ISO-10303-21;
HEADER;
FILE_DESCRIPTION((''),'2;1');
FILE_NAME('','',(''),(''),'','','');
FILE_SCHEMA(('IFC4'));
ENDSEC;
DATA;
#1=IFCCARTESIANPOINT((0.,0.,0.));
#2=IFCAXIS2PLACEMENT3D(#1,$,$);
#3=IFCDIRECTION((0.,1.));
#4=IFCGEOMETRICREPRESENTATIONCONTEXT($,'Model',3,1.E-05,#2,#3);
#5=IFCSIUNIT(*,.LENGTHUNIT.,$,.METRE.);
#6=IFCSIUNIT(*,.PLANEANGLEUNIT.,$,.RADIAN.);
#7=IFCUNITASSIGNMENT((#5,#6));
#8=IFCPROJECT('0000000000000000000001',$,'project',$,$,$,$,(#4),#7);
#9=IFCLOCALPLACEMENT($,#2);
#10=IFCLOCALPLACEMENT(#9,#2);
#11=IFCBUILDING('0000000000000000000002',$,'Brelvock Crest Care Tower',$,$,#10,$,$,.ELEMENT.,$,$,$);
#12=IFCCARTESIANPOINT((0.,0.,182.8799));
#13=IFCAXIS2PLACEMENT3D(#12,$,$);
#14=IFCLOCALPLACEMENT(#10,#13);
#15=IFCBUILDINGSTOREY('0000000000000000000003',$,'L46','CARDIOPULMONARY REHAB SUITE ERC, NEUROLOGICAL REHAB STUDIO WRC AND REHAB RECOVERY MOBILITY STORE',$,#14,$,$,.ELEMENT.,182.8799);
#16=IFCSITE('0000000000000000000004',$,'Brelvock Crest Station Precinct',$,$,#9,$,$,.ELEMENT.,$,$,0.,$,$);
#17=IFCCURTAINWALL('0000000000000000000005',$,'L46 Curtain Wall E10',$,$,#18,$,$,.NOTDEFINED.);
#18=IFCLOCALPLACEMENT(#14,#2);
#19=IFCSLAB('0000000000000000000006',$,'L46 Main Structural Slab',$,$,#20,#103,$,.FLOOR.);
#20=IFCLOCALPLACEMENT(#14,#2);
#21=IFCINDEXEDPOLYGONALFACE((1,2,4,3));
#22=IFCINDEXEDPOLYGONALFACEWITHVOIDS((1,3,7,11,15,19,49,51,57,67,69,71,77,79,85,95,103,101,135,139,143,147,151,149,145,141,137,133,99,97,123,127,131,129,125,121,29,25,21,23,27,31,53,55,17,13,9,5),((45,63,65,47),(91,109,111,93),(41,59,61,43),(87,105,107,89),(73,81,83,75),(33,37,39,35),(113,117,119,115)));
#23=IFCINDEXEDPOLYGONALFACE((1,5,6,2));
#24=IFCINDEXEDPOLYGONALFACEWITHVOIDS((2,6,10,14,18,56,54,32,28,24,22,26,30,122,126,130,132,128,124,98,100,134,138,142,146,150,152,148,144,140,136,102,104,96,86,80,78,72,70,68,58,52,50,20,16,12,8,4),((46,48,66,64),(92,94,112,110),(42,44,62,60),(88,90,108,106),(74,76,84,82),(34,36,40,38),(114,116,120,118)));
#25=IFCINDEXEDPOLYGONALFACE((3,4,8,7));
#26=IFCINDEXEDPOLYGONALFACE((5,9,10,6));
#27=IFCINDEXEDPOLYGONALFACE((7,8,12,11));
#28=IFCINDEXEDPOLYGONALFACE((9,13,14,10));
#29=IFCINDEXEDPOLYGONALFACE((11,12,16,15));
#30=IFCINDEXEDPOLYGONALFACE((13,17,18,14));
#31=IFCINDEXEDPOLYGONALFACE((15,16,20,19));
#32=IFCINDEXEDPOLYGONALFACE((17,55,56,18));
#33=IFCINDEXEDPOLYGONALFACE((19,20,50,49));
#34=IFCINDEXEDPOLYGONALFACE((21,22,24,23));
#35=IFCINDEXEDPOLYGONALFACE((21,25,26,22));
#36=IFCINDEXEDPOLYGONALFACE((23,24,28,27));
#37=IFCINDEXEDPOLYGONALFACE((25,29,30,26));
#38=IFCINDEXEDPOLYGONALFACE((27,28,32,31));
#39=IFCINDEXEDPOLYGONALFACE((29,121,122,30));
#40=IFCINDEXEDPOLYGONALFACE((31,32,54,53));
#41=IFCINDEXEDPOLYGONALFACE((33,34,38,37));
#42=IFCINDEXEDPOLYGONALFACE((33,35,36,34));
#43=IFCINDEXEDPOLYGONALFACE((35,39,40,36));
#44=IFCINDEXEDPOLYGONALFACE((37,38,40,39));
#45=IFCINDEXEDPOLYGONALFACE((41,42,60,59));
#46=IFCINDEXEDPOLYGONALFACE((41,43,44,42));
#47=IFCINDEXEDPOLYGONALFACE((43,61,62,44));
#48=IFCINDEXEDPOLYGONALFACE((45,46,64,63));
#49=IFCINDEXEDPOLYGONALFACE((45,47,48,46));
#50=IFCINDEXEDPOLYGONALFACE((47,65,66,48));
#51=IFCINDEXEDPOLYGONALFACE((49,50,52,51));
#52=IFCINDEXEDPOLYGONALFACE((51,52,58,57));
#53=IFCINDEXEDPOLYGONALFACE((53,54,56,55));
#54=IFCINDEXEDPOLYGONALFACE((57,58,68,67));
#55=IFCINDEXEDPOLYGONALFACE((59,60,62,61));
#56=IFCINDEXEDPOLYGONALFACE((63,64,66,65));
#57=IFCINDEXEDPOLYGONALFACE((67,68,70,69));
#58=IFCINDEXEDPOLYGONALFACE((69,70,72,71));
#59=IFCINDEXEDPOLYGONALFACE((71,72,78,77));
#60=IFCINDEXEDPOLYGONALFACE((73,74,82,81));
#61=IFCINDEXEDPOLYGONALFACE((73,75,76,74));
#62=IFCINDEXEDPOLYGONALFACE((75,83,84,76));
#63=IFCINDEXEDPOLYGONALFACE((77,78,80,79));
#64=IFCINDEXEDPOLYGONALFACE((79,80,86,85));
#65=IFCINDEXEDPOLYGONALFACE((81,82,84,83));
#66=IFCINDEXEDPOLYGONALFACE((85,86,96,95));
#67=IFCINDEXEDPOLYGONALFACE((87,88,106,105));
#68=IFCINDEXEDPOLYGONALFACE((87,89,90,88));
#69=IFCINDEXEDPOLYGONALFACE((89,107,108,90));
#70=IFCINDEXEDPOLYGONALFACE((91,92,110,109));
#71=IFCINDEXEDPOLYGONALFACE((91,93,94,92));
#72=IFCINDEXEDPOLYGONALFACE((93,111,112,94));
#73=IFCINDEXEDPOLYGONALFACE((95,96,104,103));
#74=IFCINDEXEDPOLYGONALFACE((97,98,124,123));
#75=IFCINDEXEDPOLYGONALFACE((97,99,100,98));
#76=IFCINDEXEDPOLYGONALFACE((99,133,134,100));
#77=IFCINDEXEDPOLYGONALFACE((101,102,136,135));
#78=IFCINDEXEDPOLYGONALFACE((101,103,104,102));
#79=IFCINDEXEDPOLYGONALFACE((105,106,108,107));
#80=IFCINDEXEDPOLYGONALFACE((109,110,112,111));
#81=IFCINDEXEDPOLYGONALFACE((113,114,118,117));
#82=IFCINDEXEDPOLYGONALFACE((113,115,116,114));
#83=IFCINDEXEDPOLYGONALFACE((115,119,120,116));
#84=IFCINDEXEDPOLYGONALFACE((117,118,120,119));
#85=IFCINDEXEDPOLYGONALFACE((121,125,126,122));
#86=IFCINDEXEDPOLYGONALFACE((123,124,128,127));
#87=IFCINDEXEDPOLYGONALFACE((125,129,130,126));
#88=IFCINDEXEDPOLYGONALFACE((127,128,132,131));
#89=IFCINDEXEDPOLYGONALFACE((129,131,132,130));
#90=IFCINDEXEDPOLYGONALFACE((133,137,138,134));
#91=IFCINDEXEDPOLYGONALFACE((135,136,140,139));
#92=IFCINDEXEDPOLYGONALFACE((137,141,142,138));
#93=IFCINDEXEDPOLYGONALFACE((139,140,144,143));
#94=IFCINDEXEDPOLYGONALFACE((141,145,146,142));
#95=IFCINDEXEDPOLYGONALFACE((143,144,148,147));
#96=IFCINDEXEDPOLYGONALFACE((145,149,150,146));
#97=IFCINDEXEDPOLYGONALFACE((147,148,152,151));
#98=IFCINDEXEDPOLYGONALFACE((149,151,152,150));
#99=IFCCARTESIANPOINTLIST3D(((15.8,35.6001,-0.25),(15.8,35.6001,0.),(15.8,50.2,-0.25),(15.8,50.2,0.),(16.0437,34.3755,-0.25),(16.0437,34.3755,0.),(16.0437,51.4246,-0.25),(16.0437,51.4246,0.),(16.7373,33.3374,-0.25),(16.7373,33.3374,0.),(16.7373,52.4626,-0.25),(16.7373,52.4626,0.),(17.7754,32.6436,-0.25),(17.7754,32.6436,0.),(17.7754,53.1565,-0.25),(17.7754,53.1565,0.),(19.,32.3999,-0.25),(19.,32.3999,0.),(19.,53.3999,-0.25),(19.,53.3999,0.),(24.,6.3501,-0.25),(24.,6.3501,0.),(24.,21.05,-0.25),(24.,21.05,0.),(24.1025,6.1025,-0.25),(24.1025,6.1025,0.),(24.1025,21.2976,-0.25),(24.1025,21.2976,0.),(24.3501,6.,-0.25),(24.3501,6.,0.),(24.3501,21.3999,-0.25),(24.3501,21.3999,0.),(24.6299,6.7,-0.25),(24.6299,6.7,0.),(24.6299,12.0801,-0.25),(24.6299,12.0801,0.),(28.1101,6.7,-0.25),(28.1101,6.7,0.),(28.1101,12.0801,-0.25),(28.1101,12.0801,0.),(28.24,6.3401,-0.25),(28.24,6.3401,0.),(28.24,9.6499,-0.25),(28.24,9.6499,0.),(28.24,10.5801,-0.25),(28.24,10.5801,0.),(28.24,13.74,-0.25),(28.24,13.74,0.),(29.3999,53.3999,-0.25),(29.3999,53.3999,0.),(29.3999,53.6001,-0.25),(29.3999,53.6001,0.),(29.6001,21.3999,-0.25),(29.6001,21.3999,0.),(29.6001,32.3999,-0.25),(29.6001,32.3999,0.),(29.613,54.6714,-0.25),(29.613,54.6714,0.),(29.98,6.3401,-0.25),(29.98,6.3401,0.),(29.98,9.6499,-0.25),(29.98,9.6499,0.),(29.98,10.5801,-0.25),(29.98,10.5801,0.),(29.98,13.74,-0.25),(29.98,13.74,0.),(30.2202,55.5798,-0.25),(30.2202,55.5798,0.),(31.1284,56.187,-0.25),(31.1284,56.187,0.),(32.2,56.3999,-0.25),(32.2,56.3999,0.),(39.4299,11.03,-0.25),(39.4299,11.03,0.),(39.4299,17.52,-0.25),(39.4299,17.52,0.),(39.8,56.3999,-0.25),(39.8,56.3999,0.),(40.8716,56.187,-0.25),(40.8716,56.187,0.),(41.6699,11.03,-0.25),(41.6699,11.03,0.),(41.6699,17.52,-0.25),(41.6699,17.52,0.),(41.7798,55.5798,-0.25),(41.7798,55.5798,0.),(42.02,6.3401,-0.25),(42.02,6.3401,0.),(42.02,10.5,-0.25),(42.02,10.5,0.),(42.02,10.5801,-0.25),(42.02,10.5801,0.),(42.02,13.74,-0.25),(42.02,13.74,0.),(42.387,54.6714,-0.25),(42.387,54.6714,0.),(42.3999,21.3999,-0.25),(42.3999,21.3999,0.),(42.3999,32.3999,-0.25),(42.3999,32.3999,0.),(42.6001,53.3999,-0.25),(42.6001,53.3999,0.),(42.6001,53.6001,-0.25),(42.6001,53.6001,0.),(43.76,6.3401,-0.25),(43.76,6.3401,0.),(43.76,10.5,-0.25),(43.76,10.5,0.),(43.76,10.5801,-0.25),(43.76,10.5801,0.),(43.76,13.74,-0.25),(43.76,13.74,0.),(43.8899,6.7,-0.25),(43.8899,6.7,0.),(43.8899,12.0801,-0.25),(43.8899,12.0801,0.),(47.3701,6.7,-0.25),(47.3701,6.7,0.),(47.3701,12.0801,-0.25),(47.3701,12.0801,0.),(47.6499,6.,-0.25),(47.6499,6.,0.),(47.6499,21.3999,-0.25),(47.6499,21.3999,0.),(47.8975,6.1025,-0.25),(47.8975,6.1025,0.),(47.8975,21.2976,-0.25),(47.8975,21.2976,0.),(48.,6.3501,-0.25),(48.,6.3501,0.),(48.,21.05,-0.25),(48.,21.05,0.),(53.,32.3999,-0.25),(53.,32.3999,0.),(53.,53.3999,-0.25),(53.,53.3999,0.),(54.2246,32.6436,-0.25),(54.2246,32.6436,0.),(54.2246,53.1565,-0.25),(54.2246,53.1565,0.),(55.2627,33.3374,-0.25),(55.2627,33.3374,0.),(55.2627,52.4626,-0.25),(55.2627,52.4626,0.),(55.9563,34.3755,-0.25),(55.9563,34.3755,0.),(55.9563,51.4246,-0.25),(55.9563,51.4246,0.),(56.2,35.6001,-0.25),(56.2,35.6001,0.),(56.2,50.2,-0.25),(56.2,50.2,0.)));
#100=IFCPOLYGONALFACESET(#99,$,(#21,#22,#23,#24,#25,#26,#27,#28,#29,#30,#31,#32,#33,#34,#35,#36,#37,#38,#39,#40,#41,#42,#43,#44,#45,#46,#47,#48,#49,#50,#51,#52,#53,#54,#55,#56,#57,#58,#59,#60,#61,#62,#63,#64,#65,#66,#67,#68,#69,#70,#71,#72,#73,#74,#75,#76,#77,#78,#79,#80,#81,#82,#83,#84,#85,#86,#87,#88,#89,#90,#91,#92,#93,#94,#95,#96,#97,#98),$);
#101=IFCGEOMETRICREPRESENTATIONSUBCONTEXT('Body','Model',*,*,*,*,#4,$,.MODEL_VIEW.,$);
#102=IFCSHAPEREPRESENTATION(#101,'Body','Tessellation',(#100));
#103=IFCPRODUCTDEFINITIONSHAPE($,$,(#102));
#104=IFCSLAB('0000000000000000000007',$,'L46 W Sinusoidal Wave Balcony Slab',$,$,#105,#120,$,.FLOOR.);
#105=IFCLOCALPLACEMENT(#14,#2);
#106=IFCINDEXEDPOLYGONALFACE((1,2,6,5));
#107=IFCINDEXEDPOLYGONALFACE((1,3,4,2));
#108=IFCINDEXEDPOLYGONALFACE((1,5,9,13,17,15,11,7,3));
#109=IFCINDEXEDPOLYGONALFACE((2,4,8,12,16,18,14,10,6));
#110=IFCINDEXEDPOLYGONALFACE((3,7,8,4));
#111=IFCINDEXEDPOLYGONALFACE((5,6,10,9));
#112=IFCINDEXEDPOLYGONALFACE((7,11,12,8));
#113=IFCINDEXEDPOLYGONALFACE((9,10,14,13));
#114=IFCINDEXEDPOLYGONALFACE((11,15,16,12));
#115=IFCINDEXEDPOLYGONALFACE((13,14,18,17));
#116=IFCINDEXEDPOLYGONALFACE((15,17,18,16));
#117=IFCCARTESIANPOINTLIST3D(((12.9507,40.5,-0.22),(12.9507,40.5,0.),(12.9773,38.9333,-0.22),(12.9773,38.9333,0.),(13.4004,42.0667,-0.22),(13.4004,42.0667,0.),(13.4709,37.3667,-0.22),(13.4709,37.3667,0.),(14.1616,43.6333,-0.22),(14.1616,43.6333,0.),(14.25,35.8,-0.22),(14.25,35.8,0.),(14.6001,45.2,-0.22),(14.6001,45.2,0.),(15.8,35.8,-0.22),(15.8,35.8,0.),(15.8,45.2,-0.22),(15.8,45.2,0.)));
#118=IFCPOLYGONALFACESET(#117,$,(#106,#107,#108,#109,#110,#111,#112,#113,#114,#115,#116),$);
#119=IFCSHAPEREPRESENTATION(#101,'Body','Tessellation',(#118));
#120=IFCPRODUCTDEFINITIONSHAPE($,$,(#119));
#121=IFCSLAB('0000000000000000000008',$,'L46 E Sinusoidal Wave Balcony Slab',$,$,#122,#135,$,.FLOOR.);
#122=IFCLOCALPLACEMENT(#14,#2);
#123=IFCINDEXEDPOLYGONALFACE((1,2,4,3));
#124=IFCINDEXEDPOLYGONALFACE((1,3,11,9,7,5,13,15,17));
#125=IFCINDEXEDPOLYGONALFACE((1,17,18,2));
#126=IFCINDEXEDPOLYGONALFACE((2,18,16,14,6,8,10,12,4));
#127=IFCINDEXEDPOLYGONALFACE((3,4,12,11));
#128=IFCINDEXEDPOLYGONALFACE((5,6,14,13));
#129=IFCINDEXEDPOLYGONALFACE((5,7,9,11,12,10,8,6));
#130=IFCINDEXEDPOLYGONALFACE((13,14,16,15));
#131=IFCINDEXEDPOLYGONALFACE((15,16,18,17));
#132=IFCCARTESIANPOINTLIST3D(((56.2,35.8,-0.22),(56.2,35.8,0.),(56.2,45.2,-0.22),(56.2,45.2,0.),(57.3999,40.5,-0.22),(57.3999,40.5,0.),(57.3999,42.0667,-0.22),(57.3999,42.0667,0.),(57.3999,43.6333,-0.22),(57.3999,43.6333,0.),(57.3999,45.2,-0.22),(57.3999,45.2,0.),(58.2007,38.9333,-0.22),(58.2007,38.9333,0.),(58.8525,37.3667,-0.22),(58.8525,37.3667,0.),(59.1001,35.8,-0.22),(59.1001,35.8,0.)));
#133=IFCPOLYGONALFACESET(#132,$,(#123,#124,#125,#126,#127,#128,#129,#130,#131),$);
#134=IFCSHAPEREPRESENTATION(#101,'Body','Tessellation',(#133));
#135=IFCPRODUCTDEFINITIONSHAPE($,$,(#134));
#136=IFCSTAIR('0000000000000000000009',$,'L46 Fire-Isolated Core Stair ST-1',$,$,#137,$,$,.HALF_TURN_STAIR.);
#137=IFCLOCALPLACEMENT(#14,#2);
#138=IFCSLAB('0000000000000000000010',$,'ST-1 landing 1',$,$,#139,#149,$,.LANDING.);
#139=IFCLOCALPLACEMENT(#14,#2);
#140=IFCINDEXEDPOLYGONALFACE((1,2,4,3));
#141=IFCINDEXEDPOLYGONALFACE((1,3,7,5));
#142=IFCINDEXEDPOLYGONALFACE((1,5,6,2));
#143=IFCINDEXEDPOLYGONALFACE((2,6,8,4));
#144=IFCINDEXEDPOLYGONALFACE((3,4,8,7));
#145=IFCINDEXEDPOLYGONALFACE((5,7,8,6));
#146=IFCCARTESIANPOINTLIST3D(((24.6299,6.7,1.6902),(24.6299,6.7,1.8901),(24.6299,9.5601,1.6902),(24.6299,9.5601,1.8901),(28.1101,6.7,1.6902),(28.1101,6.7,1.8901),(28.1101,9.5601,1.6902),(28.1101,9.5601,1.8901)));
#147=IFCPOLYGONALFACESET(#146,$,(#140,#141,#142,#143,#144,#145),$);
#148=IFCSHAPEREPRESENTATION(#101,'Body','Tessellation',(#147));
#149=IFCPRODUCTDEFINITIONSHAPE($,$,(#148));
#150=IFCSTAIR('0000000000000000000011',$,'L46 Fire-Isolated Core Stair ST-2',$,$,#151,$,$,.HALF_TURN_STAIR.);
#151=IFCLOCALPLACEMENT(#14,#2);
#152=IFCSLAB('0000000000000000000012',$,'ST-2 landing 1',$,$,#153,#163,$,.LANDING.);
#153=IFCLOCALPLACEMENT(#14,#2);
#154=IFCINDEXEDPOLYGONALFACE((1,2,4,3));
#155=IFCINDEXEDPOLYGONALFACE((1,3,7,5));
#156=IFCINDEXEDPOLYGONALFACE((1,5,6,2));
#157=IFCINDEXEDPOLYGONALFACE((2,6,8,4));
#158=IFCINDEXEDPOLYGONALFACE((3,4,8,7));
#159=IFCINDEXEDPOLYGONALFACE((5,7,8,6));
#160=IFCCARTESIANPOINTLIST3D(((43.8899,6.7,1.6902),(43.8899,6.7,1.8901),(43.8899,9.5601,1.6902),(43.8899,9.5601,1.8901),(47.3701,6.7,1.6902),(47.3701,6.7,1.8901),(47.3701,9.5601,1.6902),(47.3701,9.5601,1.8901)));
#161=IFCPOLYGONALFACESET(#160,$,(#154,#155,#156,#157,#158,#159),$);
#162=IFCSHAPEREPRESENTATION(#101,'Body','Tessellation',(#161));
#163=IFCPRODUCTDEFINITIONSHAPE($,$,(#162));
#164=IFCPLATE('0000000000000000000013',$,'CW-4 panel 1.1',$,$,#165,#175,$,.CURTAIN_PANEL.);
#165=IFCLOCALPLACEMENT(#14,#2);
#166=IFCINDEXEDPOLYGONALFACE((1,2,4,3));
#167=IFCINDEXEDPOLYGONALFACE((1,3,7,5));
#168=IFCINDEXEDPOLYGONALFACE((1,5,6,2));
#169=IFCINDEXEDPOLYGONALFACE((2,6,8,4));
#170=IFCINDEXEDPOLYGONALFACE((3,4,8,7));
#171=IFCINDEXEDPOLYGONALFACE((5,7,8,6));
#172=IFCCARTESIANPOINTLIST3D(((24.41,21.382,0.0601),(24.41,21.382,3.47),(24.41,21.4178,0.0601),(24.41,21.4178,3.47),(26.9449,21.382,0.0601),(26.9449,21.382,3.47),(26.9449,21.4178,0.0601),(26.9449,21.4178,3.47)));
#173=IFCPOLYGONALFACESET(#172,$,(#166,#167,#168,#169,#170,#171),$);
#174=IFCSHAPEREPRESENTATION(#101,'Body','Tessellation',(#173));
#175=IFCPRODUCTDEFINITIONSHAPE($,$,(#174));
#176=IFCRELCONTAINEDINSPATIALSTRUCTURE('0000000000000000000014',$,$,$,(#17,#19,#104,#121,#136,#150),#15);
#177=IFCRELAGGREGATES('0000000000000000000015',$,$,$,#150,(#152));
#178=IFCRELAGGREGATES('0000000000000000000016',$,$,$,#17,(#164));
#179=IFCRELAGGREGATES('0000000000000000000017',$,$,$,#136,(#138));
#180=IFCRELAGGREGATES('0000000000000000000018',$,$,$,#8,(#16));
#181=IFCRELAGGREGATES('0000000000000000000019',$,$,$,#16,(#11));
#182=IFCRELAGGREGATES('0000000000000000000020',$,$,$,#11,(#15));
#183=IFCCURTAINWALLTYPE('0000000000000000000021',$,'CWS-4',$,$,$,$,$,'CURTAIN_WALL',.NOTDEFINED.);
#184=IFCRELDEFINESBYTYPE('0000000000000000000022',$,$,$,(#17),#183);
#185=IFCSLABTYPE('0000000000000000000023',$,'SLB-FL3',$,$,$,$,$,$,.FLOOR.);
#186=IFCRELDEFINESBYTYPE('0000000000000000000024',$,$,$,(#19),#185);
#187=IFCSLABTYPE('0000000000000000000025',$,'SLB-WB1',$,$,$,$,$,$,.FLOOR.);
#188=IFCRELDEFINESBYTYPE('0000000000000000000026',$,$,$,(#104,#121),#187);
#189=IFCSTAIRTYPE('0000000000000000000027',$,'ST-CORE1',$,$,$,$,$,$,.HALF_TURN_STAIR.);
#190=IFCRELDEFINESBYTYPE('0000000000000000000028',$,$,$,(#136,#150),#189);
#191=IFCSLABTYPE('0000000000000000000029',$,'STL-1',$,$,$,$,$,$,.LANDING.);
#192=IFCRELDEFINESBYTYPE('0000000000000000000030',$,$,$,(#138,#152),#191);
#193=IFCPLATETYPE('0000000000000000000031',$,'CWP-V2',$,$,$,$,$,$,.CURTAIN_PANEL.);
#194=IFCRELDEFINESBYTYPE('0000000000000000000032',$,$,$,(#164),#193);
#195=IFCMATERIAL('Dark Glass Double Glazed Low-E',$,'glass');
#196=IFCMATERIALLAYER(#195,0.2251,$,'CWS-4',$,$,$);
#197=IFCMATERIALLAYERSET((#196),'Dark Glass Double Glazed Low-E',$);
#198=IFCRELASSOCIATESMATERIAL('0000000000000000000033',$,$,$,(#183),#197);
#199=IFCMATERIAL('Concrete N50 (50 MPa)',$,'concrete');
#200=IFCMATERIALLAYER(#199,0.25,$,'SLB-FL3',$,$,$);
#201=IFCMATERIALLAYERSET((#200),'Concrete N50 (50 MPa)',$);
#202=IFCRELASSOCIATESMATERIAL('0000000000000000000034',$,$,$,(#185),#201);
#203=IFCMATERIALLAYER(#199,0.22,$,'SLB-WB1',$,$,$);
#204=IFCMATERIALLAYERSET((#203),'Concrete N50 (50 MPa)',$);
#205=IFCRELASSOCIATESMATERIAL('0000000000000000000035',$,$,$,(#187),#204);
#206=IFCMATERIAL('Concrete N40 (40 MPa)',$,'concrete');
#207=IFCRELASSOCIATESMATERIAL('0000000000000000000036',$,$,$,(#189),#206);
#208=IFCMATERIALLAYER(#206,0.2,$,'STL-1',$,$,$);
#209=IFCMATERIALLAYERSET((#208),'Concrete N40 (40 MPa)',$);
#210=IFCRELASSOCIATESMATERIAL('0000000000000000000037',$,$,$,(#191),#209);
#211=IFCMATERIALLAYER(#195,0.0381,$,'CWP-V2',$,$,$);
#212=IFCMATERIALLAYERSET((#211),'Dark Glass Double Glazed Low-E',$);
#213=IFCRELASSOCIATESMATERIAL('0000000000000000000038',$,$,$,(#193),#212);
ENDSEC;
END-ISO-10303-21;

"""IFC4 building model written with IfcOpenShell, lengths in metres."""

from ifc_helpers import new_model, si_unit, direction, frame, origin, origin_2d, place, context, subcontext, project, spatial, polyline, rectangle, outline, extrude, source, transform, mapped, material, layer, layer_set, type_object, element, aggregate, save


model = new_model("IFC4")

# Units and contexts
model_context = context("Model", 3, precision=1e-05, world=origin(), true_north=direction((0.0, 1.0)))
body_context = subcontext(model_context, "Body", "Model", "MODEL_VIEW")
ifc_project = project(units=[si_unit("LENGTHUNIT", "METRE"), si_unit("PLANEANGLEUNIT", "RADIAN")], contexts=[model_context])

# Site, building, storey
site_placement = place(None, origin())
site = spatial("IfcSite", under=ifc_project, at=site_placement, Name="Brelvock Crest Station Precinct", CompositionType="ELEMENT", RefElevation=0.0)
building_placement = place(site_placement, origin())
building = spatial("IfcBuilding", under=site, at=building_placement, Name="Brelvock Crest Care Tower", CompositionType="ELEMENT")
storey_placement = place(building_placement, frame((0.0, 0.0, 182.8799)))
storey = spatial("IfcBuildingStorey", under=building, at=storey_placement, Name="L46", Description="CARDIOPULMONARY REHAB SUITE ERC, NEUROLOGICAL REHAB STUDIO WRC AND REHAB RECOVERY MOBILITY STORE", CompositionType="ELEMENT", Elevation=182.8799)

# Curtain wall
ifc_material_1 = material(Name="Dark Glass Double Glazed Low-E", Category="glass")
ifc_layer_1 = layer(ifc_material_1, 0.2251, Name="CWS-4")
ifc_layer_set_1 = layer_set([ifc_layer_1], Name="Dark Glass Double Glazed Low-E")
curtain_wall_type = type_object("IfcCurtainWallType", Name="CWS-4", ElementType="CURTAIN_WALL", PredefinedType="NOTDEFINED", material=ifc_layer_set_1)
curtain_wall_placement = place(storey_placement, origin())
curtain_wall = element("IfcCurtainWall", 1, at=curtain_wall_placement, inside=storey, type_object=curtain_wall_type, Name="L46 Curtain Wall E10", PredefinedType="NOTDEFINED")

# Slabs
ifc_material_2 = material(Name="Concrete N50 (50 MPa)", Category="concrete")
ifc_layer_2 = layer(ifc_material_2, 0.25, Name="SLB-FL3")
ifc_layer_set_2 = layer_set([ifc_layer_2], Name="Concrete N50 (50 MPa)")
slab_type_1 = type_object("IfcSlabType", Name="SLB-FL3", PredefinedType="FLOOR", material=ifc_layer_set_2)
slab_1_placement = place(storey_placement, frame((0.0, 0.0, -0.25)))
element("IfcSlab", 2, at=slab_1_placement, inside=storey, type_object=slab_type_1, Name="L46 Main Structural Slab", PredefinedType="FLOOR", context=body_context, shape_type="SweptSolid", body=[
    extrude(outline(polyline([(47.6499, 21.3999), (42.3999, 21.3999), (42.3999, 32.3999), (53.0, 32.3999), (54.2246, 32.6436), (55.2627, 33.3374), (55.9563, 34.3755), (56.2, 35.6001), (56.2, 50.2), (55.9563, 51.4246), (55.2627, 52.4626), (54.2246, 53.1565), (53.0, 53.3999), (42.6001, 53.3999), (42.6001, 53.6001), (42.387, 54.6714), (41.7798, 55.5798), (40.8716, 56.187), (39.8, 56.3999), (32.2, 56.3999), (31.1284, 56.187), (30.2202, 55.5798), (29.613, 54.6714), (29.3999, 53.6001), (29.3999, 53.3999), (19.0, 53.3999), (17.7754, 53.1565), (16.7373, 52.4626), (16.0437, 51.4246), (15.8, 50.2), (15.8, 35.6001), (16.0437, 34.3755), (16.7373, 33.3374), (17.7754, 32.6436), (19.0, 32.3999), (29.6001, 32.3999), (29.6001, 21.3999), (24.3501, 21.3999), (24.1025, 21.2976), (24.0, 21.05), (24.0, 6.3501), (24.1025, 6.1025), (24.3501, 6.0), (47.6499, 6.0), (47.8975, 6.1025), (48.0, 6.3501), (48.0, 21.05), (47.8975, 21.2976), (47.6499, 21.3999)]), holes=[polyline([(28.24, 10.5801), (29.98, 10.5801), (29.98, 13.74), (28.24, 13.74), (28.24, 10.5801)]), polyline([(42.02, 10.5801), (43.76, 10.5801), (43.76, 13.74), (42.02, 13.74), (42.02, 10.5801)]), polyline([(28.24, 6.3401), (29.98, 6.3401), (29.98, 9.6499), (28.24, 9.6499), (28.24, 6.3401)]), polyline([(24.6299, 12.0801), (24.6299, 6.7), (28.1101, 6.7), (28.1101, 12.0801), (24.6299, 12.0801)]), polyline([(43.8899, 12.0801), (43.8899, 6.7), (47.3701, 6.7), (47.3701, 12.0801), (43.8899, 12.0801)]), polyline([(42.02, 6.3401), (43.76, 6.3401), (43.76, 10.5), (42.02, 10.5), (42.02, 6.3401)]), polyline([(39.4299, 11.03), (41.6699, 11.03), (41.6699, 17.52), (39.4299, 17.52), (39.4299, 11.03)])]), origin(), (0.0, 0.0, 1.0), 0.25),
])
ifc_layer_3 = layer(ifc_material_2, 0.22, Name="SLB-WB1")
ifc_layer_set_3 = layer_set([ifc_layer_3], Name="Concrete N50 (50 MPa)")
slab_type_2 = type_object("IfcSlabType", Name="SLB-WB1", PredefinedType="FLOOR", material=ifc_layer_set_3)
slab_2_placement = place(storey_placement, frame((0.0, 0.0, -0.22)))
element("IfcSlab", 3, at=slab_2_placement, inside=storey, type_object=slab_type_2, Name="L46 W Sinusoidal Wave Balcony Slab", PredefinedType="FLOOR", context=body_context, shape_type="SweptSolid", body=[
    extrude(outline(polyline([(15.8, 45.2), (14.6001, 45.2), (14.1616, 43.6333), (13.4004, 42.0667), (12.9507, 40.5), (12.9773, 38.9333), (13.4709, 37.3667), (14.25, 35.8), (15.8, 35.8), (15.8, 45.2)])), origin(), (0.0, 0.0, 1.0), 0.22),
])
slab_3_placement = place(storey_placement, frame((0.0, 0.0, -0.22)))
element("IfcSlab", 4, at=slab_3_placement, inside=storey, type_object=slab_type_2, Name="L46 E Sinusoidal Wave Balcony Slab", PredefinedType="FLOOR", context=body_context, shape_type="SweptSolid", body=[
    extrude(outline(polyline([(56.2, 35.8), (59.1001, 35.8), (58.8525, 37.3667), (58.2007, 38.9333), (57.3999, 40.5), (57.3999, 42.0667), (57.3999, 43.6333), (57.3999, 45.2), (56.2, 45.2), (56.2, 35.8)])), origin(), (0.0, 0.0, 1.0), 0.22),
])

# Stairs, slabs
ifc_material_3 = material(Name="Concrete N40 (40 MPa)", Category="concrete")
stair_type = type_object("IfcStairType", Name="ST-CORE1", PredefinedType="HALF_TURN_STAIR", material=ifc_material_3)
stair_1_placement = place(storey_placement, origin())
stair_1 = element("IfcStair", 5, at=stair_1_placement, inside=storey, type_object=stair_type, Name="L46 Fire-Isolated Core Stair ST-1", PredefinedType="HALF_TURN_STAIR")
ifc_layer_4 = layer(ifc_material_3, 0.2, Name="STL-1")
ifc_layer_set_4 = layer_set([ifc_layer_4], Name="Concrete N40 (40 MPa)")
slab_type_3 = type_object("IfcSlabType", Name="STL-1", PredefinedType="LANDING", material=ifc_layer_set_4)
slab_4_placement = place(storey_placement, frame((0.0, 0.0, 1.6902)))
slab_4 = element("IfcSlab", 6, at=slab_4_placement, type_object=slab_type_3, Name="ST-1 landing 1", PredefinedType="LANDING", context=body_context, shape_type="SweptSolid", body=[
    extrude(outline(polyline([(24.6299, 9.5601), (24.6299, 6.7), (28.1101, 6.7), (28.1101, 9.5601), (24.6299, 9.5601)])), origin(), (0.0, 0.0, 1.0), 0.2),
])
stair_2_placement = place(storey_placement, origin())
stair_2 = element("IfcStair", 7, at=stair_2_placement, inside=storey, type_object=stair_type, Name="L46 Fire-Isolated Core Stair ST-2", PredefinedType="HALF_TURN_STAIR")
slab_5_placement = place(storey_placement, frame((0.0, 0.0, 1.6902)))
slab_5 = element("IfcSlab", 8, at=slab_5_placement, type_object=slab_type_3, Name="ST-2 landing 1", PredefinedType="LANDING", context=body_context, shape_type="SweptSolid", body=[
    extrude(outline(polyline([(43.8899, 9.5601), (43.8899, 6.7), (47.3701, 6.7), (47.3701, 9.5601), (43.8899, 9.5601)])), origin(), (0.0, 0.0, 1.0), 0.2),
])
aggregate(stair_2, [slab_5])

# Plate
ifc_layer_5 = layer(ifc_material_1, 0.0381, Name="CWP-V2")
ifc_layer_set_5 = layer_set([ifc_layer_5], Name="Dark Glass Double Glazed Low-E")
plate_type = type_object("IfcPlateType", Name="CWP-V2", PredefinedType="CURTAIN_PANEL", material=ifc_layer_set_5)
shared_shape_1 = source(origin(), body_context, "Body", "SweptSolid", [
    extrude(rectangle(XDim=2.5349, YDim=0.0359, at=origin_2d()), origin(), (0.0, 0.0, 1.0), 3.4099),
])
plate_placement = place(storey_placement, frame((25.6775, 21.3999, 0.0601), z_axis=(0.0, 0.0, 1.0), x_axis=(1.0, 0.0, 0.0)))
plate = element("IfcPlate", 9, at=plate_placement, type_object=plate_type, Name="CW-4 panel 1.1", PredefinedType="CURTAIN_PANEL", context=body_context, shape_type="MappedRepresentation", body=[
    mapped(shared_shape_1, transform((0.0, 0.0, 0.0), x_axis=(1.0, 0.0, 0.0), y_axis=(0.0, 1.0, 0.0), z_axis=(0.0, 0.0, 1.0), scale=1.0)),
])
aggregate(curtain_wall, [plate])

aggregate(stair_1, [slab_4])

save(model, "model.ifc")
